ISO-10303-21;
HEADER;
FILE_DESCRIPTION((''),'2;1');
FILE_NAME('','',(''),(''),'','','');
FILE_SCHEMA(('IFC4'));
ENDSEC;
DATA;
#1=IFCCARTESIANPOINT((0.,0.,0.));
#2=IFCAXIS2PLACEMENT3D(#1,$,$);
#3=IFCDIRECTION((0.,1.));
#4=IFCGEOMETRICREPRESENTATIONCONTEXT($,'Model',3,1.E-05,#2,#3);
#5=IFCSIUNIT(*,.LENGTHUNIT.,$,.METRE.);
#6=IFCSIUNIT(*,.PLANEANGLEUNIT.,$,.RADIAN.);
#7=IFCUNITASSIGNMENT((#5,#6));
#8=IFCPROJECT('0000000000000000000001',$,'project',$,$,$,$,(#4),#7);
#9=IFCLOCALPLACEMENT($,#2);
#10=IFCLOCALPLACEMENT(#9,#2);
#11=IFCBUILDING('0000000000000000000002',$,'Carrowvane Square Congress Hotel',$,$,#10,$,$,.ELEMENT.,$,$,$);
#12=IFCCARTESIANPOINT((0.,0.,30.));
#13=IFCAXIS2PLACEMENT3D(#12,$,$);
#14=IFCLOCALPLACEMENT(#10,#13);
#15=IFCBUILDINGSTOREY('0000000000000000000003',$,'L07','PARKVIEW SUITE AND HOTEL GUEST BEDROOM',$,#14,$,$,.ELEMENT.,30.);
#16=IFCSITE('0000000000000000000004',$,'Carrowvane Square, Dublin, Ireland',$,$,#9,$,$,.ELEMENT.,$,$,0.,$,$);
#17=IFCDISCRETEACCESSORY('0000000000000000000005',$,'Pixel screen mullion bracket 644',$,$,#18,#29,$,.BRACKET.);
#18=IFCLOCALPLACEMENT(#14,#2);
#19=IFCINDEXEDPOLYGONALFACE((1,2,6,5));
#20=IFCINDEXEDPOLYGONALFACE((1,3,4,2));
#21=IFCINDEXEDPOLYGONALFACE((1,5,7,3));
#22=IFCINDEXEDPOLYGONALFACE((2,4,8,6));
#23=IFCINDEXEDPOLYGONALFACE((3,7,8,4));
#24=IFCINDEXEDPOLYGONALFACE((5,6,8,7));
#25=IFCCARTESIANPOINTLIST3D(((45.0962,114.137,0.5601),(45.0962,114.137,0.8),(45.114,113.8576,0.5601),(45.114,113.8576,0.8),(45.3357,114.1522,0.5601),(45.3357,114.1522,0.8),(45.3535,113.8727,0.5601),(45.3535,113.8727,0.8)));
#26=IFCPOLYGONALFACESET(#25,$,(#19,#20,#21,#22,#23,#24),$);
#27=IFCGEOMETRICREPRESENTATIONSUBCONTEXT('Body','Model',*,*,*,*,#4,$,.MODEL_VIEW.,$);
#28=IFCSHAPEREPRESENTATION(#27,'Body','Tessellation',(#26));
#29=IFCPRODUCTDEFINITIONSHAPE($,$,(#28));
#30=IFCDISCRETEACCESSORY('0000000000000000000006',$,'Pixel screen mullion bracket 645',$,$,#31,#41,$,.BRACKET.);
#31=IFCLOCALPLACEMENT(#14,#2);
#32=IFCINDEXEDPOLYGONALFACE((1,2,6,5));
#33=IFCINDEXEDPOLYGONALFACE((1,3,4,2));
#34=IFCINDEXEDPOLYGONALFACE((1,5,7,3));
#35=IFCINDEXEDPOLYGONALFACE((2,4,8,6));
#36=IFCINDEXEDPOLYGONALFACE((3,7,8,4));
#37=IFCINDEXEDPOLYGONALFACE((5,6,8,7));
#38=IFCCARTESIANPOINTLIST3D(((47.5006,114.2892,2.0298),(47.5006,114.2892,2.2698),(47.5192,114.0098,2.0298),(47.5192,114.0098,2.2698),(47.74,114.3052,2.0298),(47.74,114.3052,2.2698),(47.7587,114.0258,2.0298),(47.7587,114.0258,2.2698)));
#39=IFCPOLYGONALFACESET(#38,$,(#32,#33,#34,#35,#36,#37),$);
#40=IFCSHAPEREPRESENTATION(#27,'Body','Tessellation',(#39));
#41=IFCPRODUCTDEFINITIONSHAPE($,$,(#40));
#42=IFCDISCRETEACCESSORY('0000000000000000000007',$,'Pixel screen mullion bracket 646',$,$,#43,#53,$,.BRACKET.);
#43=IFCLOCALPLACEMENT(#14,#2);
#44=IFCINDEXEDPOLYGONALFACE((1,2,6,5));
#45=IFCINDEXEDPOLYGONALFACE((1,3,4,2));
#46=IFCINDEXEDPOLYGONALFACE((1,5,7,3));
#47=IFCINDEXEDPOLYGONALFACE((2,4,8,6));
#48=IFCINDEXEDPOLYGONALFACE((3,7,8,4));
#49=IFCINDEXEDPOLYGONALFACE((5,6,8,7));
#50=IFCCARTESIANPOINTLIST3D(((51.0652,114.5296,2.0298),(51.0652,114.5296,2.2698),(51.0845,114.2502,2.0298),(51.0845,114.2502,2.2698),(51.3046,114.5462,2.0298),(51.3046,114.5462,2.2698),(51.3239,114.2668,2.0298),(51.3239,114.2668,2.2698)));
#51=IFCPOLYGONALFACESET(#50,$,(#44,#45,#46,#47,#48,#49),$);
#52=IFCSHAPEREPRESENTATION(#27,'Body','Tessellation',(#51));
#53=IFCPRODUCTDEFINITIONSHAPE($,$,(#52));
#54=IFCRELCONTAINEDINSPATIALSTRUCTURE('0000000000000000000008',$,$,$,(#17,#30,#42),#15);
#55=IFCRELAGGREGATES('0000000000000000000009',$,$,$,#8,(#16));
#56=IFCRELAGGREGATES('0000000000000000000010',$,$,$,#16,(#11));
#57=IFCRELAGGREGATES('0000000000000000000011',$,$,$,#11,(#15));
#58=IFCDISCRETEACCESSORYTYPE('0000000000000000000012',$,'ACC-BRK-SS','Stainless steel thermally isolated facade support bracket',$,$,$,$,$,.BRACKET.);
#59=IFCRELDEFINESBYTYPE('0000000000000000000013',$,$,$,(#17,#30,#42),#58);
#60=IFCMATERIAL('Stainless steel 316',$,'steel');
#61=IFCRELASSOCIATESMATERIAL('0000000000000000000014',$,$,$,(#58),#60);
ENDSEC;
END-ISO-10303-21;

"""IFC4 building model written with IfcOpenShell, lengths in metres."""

from ifc_helpers import new_model, si_unit, direction, frame, origin, origin_2d, place, context, subcontext, project, spatial, rectangle, extrude, material, type_object, element, save


model = new_model("IFC4")

# Units and contexts
model_context = context("Model", 3, precision=1e-05, world=origin(), true_north=direction((0.0, 1.0)))
body_context = subcontext(model_context, "Body", "Model", "MODEL_VIEW")
ifc_project = project(units=[si_unit("LENGTHUNIT", "METRE"), si_unit("PLANEANGLEUNIT", "RADIAN")], contexts=[model_context])

# Site, building, storey
site_placement = place(None, origin())
site = spatial("IfcSite", under=ifc_project, at=site_placement, Name="Carrowvane Square, Dublin, Ireland", CompositionType="ELEMENT", RefElevation=0.0)
building_placement = place(site_placement, origin())
building = spatial("IfcBuilding", under=site, at=building_placement, Name="Carrowvane Square Congress Hotel", CompositionType="ELEMENT")
storey_placement = place(building_placement, frame((0.0, 0.0, 30.0)))
storey = spatial("IfcBuildingStorey", under=building, at=storey_placement, Name="L07", Description="PARKVIEW SUITE AND HOTEL GUEST BEDROOM", CompositionType="ELEMENT", Elevation=30.0)

# Discrete accessories
ifc_material_1 = material(Name="Stainless steel 316", Category="steel")
discrete_accessory_type = type_object("IfcDiscreteAccessoryType", Name="ACC-BRK-SS", Description="Stainless steel thermally isolated facade support bracket", PredefinedType="BRACKET", material=ifc_material_1)
for number, where, z_axis, x_axis, name in (
    (1, (45.2249, 114.0049, 0.5601), (0.0, 0.0, 1.0), (0.997996, 0.063277, 0.0), "Pixel screen mullion bracket 644"),
    (2, (47.6296, 114.1575, 2.0298), (0.0, 0.0, 1.0), (0.997781, 0.066574, 0.0), "Pixel screen mullion bracket 645"),
    (3, (51.1946, 114.3982, 2.0298), (0.0, 0.0, 1.0), (0.997618, 0.068987, 0.0), "Pixel screen mullion bracket 646"),
):
    element("IfcDiscreteAccessory", number, at=place(storey_placement, frame(where, z_axis=z_axis, x_axis=x_axis)), inside=storey, type_object=discrete_accessory_type, Name=name, PredefinedType="BRACKET", context=body_context, shape_type="SweptSolid", body=[
        extrude(rectangle(XDim=0.24, YDim=0.28, at=origin_2d()), origin(), (0.0, 0.0, 1.0), 0.24),
    ])

save(model, "model.ifc")
